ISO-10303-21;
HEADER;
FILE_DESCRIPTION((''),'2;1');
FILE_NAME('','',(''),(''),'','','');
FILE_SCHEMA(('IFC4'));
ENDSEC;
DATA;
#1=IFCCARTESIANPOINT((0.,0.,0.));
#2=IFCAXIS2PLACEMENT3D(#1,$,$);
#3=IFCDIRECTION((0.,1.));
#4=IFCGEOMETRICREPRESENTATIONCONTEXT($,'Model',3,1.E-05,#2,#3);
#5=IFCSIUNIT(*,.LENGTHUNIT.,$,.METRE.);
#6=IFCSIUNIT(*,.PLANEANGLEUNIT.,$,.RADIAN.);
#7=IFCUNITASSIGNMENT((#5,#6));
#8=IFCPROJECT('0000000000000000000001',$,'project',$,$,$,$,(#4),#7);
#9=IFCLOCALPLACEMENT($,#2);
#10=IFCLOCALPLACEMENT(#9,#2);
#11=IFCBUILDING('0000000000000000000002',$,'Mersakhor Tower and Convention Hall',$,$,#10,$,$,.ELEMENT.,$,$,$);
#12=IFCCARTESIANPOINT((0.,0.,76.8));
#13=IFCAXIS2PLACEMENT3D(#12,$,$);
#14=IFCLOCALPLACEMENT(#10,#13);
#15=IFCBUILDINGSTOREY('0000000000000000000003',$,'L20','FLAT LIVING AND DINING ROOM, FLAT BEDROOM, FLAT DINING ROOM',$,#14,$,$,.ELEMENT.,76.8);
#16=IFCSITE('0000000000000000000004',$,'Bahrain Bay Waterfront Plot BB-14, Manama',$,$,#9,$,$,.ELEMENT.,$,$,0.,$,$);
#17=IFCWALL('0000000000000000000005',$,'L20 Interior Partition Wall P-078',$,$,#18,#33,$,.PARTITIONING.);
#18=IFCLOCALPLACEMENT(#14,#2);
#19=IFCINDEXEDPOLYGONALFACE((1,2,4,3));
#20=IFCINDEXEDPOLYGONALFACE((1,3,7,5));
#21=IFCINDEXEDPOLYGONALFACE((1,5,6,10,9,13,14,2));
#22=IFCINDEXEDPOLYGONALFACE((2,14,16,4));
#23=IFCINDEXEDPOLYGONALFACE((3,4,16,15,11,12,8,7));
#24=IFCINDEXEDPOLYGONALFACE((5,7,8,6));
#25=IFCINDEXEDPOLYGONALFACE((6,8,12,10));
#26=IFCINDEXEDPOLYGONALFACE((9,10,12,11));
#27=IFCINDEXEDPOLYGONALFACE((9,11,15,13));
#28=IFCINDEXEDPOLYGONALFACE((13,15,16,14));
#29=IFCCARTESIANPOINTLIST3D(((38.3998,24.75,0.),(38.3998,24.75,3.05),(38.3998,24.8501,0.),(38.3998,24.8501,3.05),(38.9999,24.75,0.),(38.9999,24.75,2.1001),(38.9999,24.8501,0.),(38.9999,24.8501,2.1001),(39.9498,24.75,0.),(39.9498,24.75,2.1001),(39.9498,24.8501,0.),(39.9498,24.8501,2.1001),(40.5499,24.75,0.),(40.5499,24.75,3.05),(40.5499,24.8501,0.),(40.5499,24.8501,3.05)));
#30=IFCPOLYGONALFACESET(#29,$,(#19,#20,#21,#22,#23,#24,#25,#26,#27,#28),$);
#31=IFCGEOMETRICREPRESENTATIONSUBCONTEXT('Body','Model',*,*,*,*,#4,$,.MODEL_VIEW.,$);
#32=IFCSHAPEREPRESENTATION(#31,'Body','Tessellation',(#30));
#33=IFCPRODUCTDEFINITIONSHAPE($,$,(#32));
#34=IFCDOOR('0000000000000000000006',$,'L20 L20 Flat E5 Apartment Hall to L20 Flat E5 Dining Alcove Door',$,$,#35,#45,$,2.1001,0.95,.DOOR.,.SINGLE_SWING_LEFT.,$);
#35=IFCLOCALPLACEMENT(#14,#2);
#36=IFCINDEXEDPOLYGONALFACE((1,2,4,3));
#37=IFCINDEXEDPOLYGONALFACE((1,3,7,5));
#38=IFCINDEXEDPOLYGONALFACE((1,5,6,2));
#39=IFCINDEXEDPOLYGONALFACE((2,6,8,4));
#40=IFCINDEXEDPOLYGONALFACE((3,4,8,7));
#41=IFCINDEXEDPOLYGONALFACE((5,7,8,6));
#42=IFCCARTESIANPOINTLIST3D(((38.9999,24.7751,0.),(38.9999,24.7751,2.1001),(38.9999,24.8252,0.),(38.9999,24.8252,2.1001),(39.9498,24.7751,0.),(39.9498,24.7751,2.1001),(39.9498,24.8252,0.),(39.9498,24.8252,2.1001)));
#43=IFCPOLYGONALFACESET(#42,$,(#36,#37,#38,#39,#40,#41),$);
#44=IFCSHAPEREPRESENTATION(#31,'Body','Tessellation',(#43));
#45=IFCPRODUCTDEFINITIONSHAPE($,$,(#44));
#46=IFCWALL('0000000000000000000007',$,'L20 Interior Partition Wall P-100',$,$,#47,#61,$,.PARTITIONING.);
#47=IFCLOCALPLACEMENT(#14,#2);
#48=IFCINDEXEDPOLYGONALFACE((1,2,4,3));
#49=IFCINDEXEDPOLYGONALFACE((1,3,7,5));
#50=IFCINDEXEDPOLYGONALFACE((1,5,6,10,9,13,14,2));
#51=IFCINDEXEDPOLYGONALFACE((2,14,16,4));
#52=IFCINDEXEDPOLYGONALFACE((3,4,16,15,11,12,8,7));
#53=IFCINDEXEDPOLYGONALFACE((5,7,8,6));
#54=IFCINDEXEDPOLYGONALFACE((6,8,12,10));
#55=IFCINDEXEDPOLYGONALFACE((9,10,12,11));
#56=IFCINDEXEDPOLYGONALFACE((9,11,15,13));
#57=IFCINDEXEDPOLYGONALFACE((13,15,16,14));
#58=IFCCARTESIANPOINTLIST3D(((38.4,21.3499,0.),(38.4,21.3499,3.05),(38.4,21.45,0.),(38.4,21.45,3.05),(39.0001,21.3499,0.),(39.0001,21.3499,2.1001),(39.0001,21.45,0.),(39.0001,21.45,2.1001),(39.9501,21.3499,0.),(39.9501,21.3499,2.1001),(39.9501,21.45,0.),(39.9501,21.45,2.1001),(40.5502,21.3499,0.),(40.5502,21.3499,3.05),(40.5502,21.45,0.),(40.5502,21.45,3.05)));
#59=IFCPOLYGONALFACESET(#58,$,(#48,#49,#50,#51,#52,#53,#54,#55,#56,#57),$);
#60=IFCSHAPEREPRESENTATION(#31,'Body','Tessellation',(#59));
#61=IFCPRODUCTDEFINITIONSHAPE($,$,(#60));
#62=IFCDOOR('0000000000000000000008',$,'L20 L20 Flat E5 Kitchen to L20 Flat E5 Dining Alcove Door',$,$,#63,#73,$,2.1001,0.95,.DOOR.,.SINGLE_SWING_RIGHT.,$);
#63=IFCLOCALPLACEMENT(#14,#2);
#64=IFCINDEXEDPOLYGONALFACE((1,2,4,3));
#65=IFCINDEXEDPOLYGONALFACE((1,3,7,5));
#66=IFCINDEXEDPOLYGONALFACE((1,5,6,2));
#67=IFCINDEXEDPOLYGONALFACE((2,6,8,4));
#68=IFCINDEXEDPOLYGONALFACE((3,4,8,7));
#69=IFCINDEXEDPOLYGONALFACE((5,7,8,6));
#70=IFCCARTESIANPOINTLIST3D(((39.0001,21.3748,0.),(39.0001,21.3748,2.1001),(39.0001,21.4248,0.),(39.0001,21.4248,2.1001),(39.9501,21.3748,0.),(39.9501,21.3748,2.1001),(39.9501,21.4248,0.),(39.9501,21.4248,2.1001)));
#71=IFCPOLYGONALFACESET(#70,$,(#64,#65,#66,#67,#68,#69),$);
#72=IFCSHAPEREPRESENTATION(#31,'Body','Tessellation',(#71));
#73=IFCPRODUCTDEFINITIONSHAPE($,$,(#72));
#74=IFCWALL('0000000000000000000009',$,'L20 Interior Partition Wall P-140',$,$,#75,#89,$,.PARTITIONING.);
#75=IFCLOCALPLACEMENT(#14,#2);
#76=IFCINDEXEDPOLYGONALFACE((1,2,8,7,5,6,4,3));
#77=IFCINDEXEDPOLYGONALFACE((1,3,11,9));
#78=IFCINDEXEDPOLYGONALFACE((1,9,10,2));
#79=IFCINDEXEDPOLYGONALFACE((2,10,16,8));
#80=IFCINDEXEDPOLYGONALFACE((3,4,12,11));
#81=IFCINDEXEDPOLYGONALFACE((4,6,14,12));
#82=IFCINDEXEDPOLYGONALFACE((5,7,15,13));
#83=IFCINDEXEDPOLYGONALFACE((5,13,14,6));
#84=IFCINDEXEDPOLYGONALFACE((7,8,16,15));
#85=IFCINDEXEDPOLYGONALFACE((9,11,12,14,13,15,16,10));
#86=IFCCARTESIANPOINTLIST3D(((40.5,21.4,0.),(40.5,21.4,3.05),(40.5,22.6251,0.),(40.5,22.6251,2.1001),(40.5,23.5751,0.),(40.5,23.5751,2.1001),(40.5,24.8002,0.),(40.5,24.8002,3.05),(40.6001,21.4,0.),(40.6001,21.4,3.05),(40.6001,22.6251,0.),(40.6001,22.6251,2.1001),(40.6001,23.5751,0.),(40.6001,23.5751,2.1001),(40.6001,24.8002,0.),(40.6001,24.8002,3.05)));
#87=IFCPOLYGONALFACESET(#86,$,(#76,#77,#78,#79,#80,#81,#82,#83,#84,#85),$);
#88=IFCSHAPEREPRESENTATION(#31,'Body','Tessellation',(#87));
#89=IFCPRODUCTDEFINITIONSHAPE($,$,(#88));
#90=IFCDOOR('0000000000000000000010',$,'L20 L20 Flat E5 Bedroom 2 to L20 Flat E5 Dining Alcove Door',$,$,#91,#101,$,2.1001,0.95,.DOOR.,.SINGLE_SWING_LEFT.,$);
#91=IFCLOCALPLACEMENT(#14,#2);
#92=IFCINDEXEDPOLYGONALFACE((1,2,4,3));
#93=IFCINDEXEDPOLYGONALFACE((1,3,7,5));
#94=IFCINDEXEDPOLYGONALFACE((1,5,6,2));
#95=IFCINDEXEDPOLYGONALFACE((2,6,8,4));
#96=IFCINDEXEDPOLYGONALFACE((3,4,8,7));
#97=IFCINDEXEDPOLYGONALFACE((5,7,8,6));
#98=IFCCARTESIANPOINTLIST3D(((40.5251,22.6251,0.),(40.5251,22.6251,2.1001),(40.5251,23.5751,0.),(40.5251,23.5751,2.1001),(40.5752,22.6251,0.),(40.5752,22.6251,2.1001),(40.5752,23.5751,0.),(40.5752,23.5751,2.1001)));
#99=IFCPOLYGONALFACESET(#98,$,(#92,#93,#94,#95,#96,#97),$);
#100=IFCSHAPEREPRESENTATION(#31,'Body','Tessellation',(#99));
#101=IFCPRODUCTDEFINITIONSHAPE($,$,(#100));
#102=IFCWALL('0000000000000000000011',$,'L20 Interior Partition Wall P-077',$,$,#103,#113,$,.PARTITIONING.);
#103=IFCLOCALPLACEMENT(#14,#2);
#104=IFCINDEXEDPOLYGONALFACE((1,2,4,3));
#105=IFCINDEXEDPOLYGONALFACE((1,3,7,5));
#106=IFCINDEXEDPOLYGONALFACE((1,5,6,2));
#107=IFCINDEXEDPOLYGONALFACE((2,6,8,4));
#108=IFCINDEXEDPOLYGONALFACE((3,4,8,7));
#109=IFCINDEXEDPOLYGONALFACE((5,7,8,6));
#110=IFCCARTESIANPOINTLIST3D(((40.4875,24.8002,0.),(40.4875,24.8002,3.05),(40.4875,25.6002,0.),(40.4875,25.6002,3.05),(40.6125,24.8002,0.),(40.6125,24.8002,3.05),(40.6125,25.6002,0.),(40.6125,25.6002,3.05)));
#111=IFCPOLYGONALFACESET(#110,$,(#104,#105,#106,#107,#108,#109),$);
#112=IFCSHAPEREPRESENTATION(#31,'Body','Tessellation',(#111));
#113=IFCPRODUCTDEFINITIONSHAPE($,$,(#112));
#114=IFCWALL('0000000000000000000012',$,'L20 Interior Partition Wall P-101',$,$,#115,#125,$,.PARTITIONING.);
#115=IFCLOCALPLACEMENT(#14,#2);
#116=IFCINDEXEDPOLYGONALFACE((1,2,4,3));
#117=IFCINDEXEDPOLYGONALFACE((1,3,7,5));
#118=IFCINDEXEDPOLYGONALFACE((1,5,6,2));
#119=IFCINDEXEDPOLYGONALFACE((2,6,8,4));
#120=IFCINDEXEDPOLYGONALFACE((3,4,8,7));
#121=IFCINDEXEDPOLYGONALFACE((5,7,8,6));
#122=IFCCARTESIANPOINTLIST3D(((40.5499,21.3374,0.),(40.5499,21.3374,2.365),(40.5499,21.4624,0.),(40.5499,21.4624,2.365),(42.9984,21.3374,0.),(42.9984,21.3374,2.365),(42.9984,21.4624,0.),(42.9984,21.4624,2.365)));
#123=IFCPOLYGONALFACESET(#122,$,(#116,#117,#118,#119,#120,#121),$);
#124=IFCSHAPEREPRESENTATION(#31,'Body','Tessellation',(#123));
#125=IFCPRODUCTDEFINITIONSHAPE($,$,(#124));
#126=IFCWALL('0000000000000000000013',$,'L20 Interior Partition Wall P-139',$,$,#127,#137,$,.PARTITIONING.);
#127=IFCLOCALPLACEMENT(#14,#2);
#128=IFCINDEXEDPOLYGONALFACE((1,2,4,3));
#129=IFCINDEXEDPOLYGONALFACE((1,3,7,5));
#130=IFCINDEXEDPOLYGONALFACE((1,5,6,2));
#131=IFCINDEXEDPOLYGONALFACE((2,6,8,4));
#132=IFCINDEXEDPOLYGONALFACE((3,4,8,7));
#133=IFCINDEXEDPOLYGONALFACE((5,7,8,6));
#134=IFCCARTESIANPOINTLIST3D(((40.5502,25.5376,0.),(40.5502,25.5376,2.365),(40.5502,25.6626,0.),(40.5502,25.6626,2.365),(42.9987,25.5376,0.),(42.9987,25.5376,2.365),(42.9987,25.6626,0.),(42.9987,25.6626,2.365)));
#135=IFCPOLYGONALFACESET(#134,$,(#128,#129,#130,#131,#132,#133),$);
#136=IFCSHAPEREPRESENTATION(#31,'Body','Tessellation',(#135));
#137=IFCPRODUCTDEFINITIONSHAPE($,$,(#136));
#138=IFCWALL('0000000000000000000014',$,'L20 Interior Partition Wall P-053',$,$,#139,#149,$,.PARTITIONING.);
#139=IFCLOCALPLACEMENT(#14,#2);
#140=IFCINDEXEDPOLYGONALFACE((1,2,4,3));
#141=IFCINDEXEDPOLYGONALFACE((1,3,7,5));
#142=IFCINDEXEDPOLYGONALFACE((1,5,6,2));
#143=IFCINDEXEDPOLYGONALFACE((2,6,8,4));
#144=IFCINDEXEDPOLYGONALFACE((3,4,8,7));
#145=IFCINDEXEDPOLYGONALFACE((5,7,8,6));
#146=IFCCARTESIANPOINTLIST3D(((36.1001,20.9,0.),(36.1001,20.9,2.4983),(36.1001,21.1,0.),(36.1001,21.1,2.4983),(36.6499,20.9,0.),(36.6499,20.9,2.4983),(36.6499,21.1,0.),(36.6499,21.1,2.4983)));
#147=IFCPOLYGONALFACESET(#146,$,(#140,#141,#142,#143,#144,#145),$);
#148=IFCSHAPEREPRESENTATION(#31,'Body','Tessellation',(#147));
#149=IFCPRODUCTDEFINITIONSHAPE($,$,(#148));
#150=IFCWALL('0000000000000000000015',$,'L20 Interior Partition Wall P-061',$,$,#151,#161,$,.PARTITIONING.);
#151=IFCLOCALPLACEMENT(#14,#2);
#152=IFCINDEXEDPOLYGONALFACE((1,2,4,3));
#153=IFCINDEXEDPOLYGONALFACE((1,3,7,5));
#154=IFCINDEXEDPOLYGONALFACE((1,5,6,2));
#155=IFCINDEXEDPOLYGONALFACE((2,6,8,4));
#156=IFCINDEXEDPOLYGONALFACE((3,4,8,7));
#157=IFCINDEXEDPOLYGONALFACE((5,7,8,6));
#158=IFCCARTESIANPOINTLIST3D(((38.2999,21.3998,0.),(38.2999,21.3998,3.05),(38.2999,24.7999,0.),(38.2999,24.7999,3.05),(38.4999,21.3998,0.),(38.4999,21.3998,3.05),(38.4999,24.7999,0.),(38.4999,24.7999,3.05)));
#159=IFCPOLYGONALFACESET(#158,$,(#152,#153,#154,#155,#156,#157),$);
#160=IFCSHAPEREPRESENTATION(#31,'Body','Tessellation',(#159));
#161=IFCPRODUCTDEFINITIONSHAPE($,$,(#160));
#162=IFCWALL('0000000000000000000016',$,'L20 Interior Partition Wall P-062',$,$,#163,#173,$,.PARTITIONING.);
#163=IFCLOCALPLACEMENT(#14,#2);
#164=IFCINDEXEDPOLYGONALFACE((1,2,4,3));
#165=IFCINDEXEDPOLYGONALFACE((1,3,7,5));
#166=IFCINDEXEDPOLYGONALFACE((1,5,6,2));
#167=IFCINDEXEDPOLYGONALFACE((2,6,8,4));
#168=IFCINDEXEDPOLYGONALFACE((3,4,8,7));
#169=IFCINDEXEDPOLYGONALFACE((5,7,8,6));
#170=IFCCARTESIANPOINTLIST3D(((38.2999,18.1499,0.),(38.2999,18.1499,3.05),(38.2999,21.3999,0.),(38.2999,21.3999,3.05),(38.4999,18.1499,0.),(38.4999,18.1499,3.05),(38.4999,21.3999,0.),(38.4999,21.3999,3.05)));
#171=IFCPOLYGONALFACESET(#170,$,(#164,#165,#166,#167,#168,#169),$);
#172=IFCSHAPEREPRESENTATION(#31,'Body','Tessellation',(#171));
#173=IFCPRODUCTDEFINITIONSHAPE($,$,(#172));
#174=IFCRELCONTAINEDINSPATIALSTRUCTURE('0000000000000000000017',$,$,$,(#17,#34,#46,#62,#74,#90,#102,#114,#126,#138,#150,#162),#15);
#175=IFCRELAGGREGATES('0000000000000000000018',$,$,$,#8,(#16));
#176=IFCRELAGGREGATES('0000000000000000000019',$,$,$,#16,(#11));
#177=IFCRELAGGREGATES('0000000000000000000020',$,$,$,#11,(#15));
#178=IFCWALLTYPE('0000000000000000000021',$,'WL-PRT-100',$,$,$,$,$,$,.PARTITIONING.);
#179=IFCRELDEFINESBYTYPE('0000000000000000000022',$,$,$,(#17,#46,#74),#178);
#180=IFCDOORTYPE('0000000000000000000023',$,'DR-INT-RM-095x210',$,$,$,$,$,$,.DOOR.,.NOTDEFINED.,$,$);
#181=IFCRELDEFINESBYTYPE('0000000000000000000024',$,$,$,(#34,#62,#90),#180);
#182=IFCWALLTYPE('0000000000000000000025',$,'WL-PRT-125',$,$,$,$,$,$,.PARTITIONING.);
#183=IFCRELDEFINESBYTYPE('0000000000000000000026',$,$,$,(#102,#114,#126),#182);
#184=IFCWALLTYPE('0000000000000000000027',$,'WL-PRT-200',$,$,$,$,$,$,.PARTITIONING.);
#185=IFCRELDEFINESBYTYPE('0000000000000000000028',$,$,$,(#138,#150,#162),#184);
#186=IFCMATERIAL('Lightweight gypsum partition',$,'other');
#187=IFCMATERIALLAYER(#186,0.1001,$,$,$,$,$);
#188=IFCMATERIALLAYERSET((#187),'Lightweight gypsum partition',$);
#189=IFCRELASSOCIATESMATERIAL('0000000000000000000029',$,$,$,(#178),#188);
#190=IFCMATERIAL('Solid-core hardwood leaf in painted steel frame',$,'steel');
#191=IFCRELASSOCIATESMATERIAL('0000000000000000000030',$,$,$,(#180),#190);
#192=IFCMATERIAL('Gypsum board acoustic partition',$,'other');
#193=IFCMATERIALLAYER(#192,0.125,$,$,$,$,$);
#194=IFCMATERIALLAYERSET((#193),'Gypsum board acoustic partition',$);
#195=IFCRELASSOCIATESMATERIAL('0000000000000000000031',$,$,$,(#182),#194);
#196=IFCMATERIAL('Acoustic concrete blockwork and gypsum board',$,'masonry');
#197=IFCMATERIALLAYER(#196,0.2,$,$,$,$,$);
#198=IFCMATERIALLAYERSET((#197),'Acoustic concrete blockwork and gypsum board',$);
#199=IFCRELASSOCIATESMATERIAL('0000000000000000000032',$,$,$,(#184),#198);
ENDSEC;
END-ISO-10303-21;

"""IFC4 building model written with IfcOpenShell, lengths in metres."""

from ifc_helpers import new_model, si_unit, direction, frame, frame_2d, origin, place, context, subcontext, project, spatial, rectangle, extrude, material, layer, layer_set, type_object, element, fill, save


model = new_model("IFC4")

# Units and contexts
model_context = context("Model", 3, precision=1e-05, world=origin(), true_north=direction((0.0, 1.0)))
body_context = subcontext(model_context, "Body", "Model", "MODEL_VIEW")
ifc_project = project(units=[si_unit("LENGTHUNIT", "METRE"), si_unit("PLANEANGLEUNIT", "RADIAN")], contexts=[model_context])

# Site, building, storey
site_placement = place(None, origin())
site = spatial("IfcSite", under=ifc_project, at=site_placement, Name="Bahrain Bay Waterfront Plot BB-14, Manama", CompositionType="ELEMENT", RefElevation=0.0)
building_placement = place(site_placement, origin())
building = spatial("IfcBuilding", under=site, at=building_placement, Name="Mersakhor Tower and Convention Hall", CompositionType="ELEMENT")
storey_placement = place(building_placement, frame((0.0, 0.0, 76.8)))
storey = spatial("IfcBuildingStorey", under=building, at=storey_placement, Name="L20", Description="FLAT LIVING AND DINING ROOM, FLAT BEDROOM, FLAT DINING ROOM", CompositionType="ELEMENT", Elevation=76.8)

# Walls, openings, doors
ifc_material_1 = material(Name="Lightweight gypsum partition", Category="other")
ifc_layer_1 = layer(ifc_material_1, 0.1001)
ifc_layer_set_1 = layer_set([ifc_layer_1], Name="Lightweight gypsum partition")
wall_type_1 = type_object("IfcWallType", Name="WL-PRT-100", PredefinedType="PARTITIONING", material=ifc_layer_set_1)
wall_1_placement = place(storey_placement, frame((40.55, 24.8, 0.0), z_axis=(0.0, 0.0, 1.0), x_axis=(-1.0, 0.0, 0.0)))
wall_1 = element("IfcWall", 1, at=wall_1_placement, inside=storey, type_object=wall_type_1, Name="L20 Interior Partition Wall P-078", PredefinedType="PARTITIONING", context=body_context, shape_type="SweptSolid", body=[
    extrude(rectangle(XDim=2.1501, YDim=0.1001, at=frame_2d((1.0752, 0.0))), origin(), (0.0, 0.0, 1.0), 3.05),
])
opening_1_placement = place(wall_1_placement, frame((0.6001, 0.0, 0.0)))
opening_1 = element("IfcOpeningElement", 2, at=opening_1_placement, cuts=wall_1, PredefinedType="OPENING", context=body_context, shape_type="SweptSolid", body=[
    extrude(rectangle(XDim=0.95, YDim=2.1001, at=frame_2d((0.4751, 1.05))), frame((0.0, 0.0601, 0.0), z_axis=(0.0, -1.0, 0.0), x_axis=(1.0, 0.0, 0.0)), (0.0, 0.0, 1.0), 0.1201),
])
ifc_material_2 = material(Name="Solid-core hardwood leaf in painted steel frame", Category="steel")
door_type = type_object("IfcDoorType", Name="DR-INT-RM-095x210", OperationType="NOTDEFINED", PredefinedType="DOOR", material=ifc_material_2)
door_1_placement = place(opening_1_placement, origin())
door_1 = element("IfcDoor", 3, at=door_1_placement, inside=storey, type_object=door_type, Name="L20 L20 Flat E5 Apartment Hall to L20 Flat E5 Dining Alcove Door", OperationType="SINGLE_SWING_LEFT", OverallHeight=2.1001, OverallWidth=0.95, PredefinedType="DOOR", context=body_context, shape_type="SweptSolid", body=[
    extrude(rectangle(XDim=0.95, YDim=2.1001, at=frame_2d((0.4751, 1.05))), frame((0.0, 0.0249, 0.0), z_axis=(0.0, -1.0, 0.0), x_axis=(1.0, 0.0, 0.0)), (0.0, 0.0, 1.0), 0.05),
])
fill(opening_1, door_1)
wall_2_placement = place(storey_placement, frame((38.3999, 21.3999, 0.0), z_axis=(0.0, 0.0, 1.0), x_axis=(1.0, 0.0, 0.0)))
wall_2 = element("IfcWall", 4, at=wall_2_placement, inside=storey, type_object=wall_type_1, Name="L20 Interior Partition Wall P-100", PredefinedType="PARTITIONING", context=body_context, shape_type="SweptSolid", body=[
    extrude(rectangle(XDim=2.1501, YDim=0.1001, at=frame_2d((1.0752, 0.0))), origin(), (0.0, 0.0, 1.0), 3.05),
])
opening_2_placement = place(wall_2_placement, frame((0.6001, 0.0, 0.0)))
opening_2 = element("IfcOpeningElement", 5, at=opening_2_placement, cuts=wall_2, PredefinedType="OPENING", context=body_context, shape_type="SweptSolid", body=[
    extrude(rectangle(XDim=0.95, YDim=2.1001, at=frame_2d((0.4751, 1.05))), frame((0.0, 0.0601, 0.0), z_axis=(0.0, -1.0, 0.0), x_axis=(1.0, 0.0, 0.0)), (0.0, 0.0, 1.0), 0.1201),
])
door_2_placement = place(opening_2_placement, origin())
door_2 = element("IfcDoor", 6, at=door_2_placement, inside=storey, type_object=door_type, Name="L20 L20 Flat E5 Kitchen to L20 Flat E5 Dining Alcove Door", OperationType="SINGLE_SWING_RIGHT", OverallHeight=2.1001, OverallWidth=0.95, PredefinedType="DOOR", context=body_context, shape_type="SweptSolid", body=[
    extrude(rectangle(XDim=0.95, YDim=2.1001, at=frame_2d((0.4751, 1.05))), frame((0.0, 0.0249, 0.0), z_axis=(0.0, -1.0, 0.0), x_axis=(1.0, 0.0, 0.0)), (0.0, 0.0, 1.0), 0.05),
])
fill(opening_2, door_2)
wall_3_placement = place(storey_placement, frame((40.55, 21.3999, 0.0), z_axis=(0.0, 0.0, 1.0), x_axis=(0.0, 1.0, 0.0)))
wall_3 = element("IfcWall", 7, at=wall_3_placement, inside=storey, type_object=wall_type_1, Name="L20 Interior Partition Wall P-140", PredefinedType="PARTITIONING", context=body_context, shape_type="SweptSolid", body=[
    extrude(rectangle(XDim=3.4001, YDim=0.1001, at=frame_2d((1.7002, 0.0))), origin(), (0.0, 0.0, 1.0), 3.05),
])
opening_3_placement = place(wall_3_placement, frame((1.2251, 0.0, 0.0)))
opening_3 = element("IfcOpeningElement", 8, at=opening_3_placement, cuts=wall_3, PredefinedType="OPENING", context=body_context, shape_type="SweptSolid", body=[
    extrude(rectangle(XDim=0.95, YDim=2.1001, at=frame_2d((0.4751, 1.05))), frame((0.0, 0.0601, 0.0), z_axis=(0.0, -1.0, 0.0), x_axis=(1.0, 0.0, 0.0)), (0.0, 0.0, 1.0), 0.1201),
])
door_3_placement = place(opening_3_placement, origin())
door_3 = element("IfcDoor", 9, at=door_3_placement, inside=storey, type_object=door_type, Name="L20 L20 Flat E5 Bedroom 2 to L20 Flat E5 Dining Alcove Door", OperationType="SINGLE_SWING_LEFT", OverallHeight=2.1001, OverallWidth=0.95, PredefinedType="DOOR", context=body_context, shape_type="SweptSolid", body=[
    extrude(rectangle(XDim=0.95, YDim=2.1001, at=frame_2d((0.4751, 1.05))), frame((0.0, 0.0249, 0.0), z_axis=(0.0, -1.0, 0.0), x_axis=(1.0, 0.0, 0.0)), (0.0, 0.0, 1.0), 0.05),
])
fill(opening_3, door_3)

# Walls
ifc_material_3 = material(Name="Gypsum board acoustic partition", Category="other")
ifc_layer_2 = layer(ifc_material_3, 0.125)
ifc_layer_set_2 = layer_set([ifc_layer_2], Name="Gypsum board acoustic partition")
wall_type_2 = type_object("IfcWallType", Name="WL-PRT-125", PredefinedType="PARTITIONING", material=ifc_layer_set_2)
wall_4_placement = place(storey_placement, frame((40.55, 25.6001, 0.0), z_axis=(0.0, 0.0, 1.0), x_axis=(0.0, -1.0, 0.0)))
element("IfcWall", 10, at=wall_4_placement, inside=storey, type_object=wall_type_2, Name="L20 Interior Partition Wall P-077", PredefinedType="PARTITIONING", context=body_context, shape_type="SweptSolid", body=[
    extrude(rectangle(XDim=0.8, YDim=0.125, at=frame_2d((0.3999, 0.0))), origin(), (0.0, 0.0, 1.0), 3.05),
])
for number, where, z_axis, x_axis, name in (
    (11, (40.55, 21.3999, 0.0), (0.0, 0.0, 1.0), (1.0, 0.0, 0.0), "L20 Interior Partition Wall P-101"),
    (12, (42.9985, 25.6001, 0.0), (0.0, 0.0, 1.0), (-1.0, 0.0, 0.0), "L20 Interior Partition Wall P-139"),
):
    element("IfcWall", number, at=place(storey_placement, frame(where, z_axis=z_axis, x_axis=x_axis)), inside=storey, type_object=wall_type_2, Name=name, PredefinedType="PARTITIONING", context=body_context, shape_type="SweptSolid", body=[
        extrude(rectangle(XDim=2.4485, YDim=0.125, at=frame_2d((1.2241, 0.0))), origin(), (0.0, 0.0, 1.0), 2.365),
    ])
ifc_material_4 = material(Name="Acoustic concrete blockwork and gypsum board", Category="masonry")
ifc_layer_3 = layer(ifc_material_4, 0.2)
ifc_layer_set_3 = layer_set([ifc_layer_3], Name="Acoustic concrete blockwork and gypsum board")
wall_type_3 = type_object("IfcWallType", Name="WL-PRT-200", PredefinedType="PARTITIONING", material=ifc_layer_set_3)
wall_5_placement = place(storey_placement, frame((36.6499, 21.0, 0.0), z_axis=(0.0, 0.0, 1.0), x_axis=(-1.0, 0.0, 0.0)))
element("IfcWall", 13, at=wall_5_placement, inside=storey, type_object=wall_type_3, Name="L20 Interior Partition Wall P-053", PredefinedType="PARTITIONING", context=body_context, shape_type="SweptSolid", body=[
    extrude(rectangle(XDim=0.5498, YDim=0.2, at=frame_2d((0.2749, 0.0))), origin(), (0.0, 0.0, 1.0), 2.4983),
])
wall_6_placement = place(storey_placement, frame((38.3999, 24.8, 0.0), z_axis=(0.0, 0.0, 1.0), x_axis=(0.0, -1.0, 0.0)))
element("IfcWall", 14, at=wall_6_placement, inside=storey, type_object=wall_type_3, Name="L20 Interior Partition Wall P-061", PredefinedType="PARTITIONING", context=body_context, shape_type="SweptSolid", body=[
    extrude(rectangle(XDim=3.4001, YDim=0.2, at=frame_2d((1.7002, 0.0))), origin(), (0.0, 0.0, 1.0), 3.05),
])
wall_7_placement = place(storey_placement, frame((38.3999, 21.3999, 0.0), z_axis=(0.0, 0.0, 1.0), x_axis=(0.0, -1.0, 0.0)))
element("IfcWall", 15, at=wall_7_placement, inside=storey, type_object=wall_type_3, Name="L20 Interior Partition Wall P-062", PredefinedType="PARTITIONING", context=body_context, shape_type="SweptSolid", body=[
    extrude(rectangle(XDim=3.25, YDim=0.2, at=frame_2d((1.625, 0.0))), origin(), (0.0, 0.0, 1.0), 3.05),
])

save(model, "model.ifc")
